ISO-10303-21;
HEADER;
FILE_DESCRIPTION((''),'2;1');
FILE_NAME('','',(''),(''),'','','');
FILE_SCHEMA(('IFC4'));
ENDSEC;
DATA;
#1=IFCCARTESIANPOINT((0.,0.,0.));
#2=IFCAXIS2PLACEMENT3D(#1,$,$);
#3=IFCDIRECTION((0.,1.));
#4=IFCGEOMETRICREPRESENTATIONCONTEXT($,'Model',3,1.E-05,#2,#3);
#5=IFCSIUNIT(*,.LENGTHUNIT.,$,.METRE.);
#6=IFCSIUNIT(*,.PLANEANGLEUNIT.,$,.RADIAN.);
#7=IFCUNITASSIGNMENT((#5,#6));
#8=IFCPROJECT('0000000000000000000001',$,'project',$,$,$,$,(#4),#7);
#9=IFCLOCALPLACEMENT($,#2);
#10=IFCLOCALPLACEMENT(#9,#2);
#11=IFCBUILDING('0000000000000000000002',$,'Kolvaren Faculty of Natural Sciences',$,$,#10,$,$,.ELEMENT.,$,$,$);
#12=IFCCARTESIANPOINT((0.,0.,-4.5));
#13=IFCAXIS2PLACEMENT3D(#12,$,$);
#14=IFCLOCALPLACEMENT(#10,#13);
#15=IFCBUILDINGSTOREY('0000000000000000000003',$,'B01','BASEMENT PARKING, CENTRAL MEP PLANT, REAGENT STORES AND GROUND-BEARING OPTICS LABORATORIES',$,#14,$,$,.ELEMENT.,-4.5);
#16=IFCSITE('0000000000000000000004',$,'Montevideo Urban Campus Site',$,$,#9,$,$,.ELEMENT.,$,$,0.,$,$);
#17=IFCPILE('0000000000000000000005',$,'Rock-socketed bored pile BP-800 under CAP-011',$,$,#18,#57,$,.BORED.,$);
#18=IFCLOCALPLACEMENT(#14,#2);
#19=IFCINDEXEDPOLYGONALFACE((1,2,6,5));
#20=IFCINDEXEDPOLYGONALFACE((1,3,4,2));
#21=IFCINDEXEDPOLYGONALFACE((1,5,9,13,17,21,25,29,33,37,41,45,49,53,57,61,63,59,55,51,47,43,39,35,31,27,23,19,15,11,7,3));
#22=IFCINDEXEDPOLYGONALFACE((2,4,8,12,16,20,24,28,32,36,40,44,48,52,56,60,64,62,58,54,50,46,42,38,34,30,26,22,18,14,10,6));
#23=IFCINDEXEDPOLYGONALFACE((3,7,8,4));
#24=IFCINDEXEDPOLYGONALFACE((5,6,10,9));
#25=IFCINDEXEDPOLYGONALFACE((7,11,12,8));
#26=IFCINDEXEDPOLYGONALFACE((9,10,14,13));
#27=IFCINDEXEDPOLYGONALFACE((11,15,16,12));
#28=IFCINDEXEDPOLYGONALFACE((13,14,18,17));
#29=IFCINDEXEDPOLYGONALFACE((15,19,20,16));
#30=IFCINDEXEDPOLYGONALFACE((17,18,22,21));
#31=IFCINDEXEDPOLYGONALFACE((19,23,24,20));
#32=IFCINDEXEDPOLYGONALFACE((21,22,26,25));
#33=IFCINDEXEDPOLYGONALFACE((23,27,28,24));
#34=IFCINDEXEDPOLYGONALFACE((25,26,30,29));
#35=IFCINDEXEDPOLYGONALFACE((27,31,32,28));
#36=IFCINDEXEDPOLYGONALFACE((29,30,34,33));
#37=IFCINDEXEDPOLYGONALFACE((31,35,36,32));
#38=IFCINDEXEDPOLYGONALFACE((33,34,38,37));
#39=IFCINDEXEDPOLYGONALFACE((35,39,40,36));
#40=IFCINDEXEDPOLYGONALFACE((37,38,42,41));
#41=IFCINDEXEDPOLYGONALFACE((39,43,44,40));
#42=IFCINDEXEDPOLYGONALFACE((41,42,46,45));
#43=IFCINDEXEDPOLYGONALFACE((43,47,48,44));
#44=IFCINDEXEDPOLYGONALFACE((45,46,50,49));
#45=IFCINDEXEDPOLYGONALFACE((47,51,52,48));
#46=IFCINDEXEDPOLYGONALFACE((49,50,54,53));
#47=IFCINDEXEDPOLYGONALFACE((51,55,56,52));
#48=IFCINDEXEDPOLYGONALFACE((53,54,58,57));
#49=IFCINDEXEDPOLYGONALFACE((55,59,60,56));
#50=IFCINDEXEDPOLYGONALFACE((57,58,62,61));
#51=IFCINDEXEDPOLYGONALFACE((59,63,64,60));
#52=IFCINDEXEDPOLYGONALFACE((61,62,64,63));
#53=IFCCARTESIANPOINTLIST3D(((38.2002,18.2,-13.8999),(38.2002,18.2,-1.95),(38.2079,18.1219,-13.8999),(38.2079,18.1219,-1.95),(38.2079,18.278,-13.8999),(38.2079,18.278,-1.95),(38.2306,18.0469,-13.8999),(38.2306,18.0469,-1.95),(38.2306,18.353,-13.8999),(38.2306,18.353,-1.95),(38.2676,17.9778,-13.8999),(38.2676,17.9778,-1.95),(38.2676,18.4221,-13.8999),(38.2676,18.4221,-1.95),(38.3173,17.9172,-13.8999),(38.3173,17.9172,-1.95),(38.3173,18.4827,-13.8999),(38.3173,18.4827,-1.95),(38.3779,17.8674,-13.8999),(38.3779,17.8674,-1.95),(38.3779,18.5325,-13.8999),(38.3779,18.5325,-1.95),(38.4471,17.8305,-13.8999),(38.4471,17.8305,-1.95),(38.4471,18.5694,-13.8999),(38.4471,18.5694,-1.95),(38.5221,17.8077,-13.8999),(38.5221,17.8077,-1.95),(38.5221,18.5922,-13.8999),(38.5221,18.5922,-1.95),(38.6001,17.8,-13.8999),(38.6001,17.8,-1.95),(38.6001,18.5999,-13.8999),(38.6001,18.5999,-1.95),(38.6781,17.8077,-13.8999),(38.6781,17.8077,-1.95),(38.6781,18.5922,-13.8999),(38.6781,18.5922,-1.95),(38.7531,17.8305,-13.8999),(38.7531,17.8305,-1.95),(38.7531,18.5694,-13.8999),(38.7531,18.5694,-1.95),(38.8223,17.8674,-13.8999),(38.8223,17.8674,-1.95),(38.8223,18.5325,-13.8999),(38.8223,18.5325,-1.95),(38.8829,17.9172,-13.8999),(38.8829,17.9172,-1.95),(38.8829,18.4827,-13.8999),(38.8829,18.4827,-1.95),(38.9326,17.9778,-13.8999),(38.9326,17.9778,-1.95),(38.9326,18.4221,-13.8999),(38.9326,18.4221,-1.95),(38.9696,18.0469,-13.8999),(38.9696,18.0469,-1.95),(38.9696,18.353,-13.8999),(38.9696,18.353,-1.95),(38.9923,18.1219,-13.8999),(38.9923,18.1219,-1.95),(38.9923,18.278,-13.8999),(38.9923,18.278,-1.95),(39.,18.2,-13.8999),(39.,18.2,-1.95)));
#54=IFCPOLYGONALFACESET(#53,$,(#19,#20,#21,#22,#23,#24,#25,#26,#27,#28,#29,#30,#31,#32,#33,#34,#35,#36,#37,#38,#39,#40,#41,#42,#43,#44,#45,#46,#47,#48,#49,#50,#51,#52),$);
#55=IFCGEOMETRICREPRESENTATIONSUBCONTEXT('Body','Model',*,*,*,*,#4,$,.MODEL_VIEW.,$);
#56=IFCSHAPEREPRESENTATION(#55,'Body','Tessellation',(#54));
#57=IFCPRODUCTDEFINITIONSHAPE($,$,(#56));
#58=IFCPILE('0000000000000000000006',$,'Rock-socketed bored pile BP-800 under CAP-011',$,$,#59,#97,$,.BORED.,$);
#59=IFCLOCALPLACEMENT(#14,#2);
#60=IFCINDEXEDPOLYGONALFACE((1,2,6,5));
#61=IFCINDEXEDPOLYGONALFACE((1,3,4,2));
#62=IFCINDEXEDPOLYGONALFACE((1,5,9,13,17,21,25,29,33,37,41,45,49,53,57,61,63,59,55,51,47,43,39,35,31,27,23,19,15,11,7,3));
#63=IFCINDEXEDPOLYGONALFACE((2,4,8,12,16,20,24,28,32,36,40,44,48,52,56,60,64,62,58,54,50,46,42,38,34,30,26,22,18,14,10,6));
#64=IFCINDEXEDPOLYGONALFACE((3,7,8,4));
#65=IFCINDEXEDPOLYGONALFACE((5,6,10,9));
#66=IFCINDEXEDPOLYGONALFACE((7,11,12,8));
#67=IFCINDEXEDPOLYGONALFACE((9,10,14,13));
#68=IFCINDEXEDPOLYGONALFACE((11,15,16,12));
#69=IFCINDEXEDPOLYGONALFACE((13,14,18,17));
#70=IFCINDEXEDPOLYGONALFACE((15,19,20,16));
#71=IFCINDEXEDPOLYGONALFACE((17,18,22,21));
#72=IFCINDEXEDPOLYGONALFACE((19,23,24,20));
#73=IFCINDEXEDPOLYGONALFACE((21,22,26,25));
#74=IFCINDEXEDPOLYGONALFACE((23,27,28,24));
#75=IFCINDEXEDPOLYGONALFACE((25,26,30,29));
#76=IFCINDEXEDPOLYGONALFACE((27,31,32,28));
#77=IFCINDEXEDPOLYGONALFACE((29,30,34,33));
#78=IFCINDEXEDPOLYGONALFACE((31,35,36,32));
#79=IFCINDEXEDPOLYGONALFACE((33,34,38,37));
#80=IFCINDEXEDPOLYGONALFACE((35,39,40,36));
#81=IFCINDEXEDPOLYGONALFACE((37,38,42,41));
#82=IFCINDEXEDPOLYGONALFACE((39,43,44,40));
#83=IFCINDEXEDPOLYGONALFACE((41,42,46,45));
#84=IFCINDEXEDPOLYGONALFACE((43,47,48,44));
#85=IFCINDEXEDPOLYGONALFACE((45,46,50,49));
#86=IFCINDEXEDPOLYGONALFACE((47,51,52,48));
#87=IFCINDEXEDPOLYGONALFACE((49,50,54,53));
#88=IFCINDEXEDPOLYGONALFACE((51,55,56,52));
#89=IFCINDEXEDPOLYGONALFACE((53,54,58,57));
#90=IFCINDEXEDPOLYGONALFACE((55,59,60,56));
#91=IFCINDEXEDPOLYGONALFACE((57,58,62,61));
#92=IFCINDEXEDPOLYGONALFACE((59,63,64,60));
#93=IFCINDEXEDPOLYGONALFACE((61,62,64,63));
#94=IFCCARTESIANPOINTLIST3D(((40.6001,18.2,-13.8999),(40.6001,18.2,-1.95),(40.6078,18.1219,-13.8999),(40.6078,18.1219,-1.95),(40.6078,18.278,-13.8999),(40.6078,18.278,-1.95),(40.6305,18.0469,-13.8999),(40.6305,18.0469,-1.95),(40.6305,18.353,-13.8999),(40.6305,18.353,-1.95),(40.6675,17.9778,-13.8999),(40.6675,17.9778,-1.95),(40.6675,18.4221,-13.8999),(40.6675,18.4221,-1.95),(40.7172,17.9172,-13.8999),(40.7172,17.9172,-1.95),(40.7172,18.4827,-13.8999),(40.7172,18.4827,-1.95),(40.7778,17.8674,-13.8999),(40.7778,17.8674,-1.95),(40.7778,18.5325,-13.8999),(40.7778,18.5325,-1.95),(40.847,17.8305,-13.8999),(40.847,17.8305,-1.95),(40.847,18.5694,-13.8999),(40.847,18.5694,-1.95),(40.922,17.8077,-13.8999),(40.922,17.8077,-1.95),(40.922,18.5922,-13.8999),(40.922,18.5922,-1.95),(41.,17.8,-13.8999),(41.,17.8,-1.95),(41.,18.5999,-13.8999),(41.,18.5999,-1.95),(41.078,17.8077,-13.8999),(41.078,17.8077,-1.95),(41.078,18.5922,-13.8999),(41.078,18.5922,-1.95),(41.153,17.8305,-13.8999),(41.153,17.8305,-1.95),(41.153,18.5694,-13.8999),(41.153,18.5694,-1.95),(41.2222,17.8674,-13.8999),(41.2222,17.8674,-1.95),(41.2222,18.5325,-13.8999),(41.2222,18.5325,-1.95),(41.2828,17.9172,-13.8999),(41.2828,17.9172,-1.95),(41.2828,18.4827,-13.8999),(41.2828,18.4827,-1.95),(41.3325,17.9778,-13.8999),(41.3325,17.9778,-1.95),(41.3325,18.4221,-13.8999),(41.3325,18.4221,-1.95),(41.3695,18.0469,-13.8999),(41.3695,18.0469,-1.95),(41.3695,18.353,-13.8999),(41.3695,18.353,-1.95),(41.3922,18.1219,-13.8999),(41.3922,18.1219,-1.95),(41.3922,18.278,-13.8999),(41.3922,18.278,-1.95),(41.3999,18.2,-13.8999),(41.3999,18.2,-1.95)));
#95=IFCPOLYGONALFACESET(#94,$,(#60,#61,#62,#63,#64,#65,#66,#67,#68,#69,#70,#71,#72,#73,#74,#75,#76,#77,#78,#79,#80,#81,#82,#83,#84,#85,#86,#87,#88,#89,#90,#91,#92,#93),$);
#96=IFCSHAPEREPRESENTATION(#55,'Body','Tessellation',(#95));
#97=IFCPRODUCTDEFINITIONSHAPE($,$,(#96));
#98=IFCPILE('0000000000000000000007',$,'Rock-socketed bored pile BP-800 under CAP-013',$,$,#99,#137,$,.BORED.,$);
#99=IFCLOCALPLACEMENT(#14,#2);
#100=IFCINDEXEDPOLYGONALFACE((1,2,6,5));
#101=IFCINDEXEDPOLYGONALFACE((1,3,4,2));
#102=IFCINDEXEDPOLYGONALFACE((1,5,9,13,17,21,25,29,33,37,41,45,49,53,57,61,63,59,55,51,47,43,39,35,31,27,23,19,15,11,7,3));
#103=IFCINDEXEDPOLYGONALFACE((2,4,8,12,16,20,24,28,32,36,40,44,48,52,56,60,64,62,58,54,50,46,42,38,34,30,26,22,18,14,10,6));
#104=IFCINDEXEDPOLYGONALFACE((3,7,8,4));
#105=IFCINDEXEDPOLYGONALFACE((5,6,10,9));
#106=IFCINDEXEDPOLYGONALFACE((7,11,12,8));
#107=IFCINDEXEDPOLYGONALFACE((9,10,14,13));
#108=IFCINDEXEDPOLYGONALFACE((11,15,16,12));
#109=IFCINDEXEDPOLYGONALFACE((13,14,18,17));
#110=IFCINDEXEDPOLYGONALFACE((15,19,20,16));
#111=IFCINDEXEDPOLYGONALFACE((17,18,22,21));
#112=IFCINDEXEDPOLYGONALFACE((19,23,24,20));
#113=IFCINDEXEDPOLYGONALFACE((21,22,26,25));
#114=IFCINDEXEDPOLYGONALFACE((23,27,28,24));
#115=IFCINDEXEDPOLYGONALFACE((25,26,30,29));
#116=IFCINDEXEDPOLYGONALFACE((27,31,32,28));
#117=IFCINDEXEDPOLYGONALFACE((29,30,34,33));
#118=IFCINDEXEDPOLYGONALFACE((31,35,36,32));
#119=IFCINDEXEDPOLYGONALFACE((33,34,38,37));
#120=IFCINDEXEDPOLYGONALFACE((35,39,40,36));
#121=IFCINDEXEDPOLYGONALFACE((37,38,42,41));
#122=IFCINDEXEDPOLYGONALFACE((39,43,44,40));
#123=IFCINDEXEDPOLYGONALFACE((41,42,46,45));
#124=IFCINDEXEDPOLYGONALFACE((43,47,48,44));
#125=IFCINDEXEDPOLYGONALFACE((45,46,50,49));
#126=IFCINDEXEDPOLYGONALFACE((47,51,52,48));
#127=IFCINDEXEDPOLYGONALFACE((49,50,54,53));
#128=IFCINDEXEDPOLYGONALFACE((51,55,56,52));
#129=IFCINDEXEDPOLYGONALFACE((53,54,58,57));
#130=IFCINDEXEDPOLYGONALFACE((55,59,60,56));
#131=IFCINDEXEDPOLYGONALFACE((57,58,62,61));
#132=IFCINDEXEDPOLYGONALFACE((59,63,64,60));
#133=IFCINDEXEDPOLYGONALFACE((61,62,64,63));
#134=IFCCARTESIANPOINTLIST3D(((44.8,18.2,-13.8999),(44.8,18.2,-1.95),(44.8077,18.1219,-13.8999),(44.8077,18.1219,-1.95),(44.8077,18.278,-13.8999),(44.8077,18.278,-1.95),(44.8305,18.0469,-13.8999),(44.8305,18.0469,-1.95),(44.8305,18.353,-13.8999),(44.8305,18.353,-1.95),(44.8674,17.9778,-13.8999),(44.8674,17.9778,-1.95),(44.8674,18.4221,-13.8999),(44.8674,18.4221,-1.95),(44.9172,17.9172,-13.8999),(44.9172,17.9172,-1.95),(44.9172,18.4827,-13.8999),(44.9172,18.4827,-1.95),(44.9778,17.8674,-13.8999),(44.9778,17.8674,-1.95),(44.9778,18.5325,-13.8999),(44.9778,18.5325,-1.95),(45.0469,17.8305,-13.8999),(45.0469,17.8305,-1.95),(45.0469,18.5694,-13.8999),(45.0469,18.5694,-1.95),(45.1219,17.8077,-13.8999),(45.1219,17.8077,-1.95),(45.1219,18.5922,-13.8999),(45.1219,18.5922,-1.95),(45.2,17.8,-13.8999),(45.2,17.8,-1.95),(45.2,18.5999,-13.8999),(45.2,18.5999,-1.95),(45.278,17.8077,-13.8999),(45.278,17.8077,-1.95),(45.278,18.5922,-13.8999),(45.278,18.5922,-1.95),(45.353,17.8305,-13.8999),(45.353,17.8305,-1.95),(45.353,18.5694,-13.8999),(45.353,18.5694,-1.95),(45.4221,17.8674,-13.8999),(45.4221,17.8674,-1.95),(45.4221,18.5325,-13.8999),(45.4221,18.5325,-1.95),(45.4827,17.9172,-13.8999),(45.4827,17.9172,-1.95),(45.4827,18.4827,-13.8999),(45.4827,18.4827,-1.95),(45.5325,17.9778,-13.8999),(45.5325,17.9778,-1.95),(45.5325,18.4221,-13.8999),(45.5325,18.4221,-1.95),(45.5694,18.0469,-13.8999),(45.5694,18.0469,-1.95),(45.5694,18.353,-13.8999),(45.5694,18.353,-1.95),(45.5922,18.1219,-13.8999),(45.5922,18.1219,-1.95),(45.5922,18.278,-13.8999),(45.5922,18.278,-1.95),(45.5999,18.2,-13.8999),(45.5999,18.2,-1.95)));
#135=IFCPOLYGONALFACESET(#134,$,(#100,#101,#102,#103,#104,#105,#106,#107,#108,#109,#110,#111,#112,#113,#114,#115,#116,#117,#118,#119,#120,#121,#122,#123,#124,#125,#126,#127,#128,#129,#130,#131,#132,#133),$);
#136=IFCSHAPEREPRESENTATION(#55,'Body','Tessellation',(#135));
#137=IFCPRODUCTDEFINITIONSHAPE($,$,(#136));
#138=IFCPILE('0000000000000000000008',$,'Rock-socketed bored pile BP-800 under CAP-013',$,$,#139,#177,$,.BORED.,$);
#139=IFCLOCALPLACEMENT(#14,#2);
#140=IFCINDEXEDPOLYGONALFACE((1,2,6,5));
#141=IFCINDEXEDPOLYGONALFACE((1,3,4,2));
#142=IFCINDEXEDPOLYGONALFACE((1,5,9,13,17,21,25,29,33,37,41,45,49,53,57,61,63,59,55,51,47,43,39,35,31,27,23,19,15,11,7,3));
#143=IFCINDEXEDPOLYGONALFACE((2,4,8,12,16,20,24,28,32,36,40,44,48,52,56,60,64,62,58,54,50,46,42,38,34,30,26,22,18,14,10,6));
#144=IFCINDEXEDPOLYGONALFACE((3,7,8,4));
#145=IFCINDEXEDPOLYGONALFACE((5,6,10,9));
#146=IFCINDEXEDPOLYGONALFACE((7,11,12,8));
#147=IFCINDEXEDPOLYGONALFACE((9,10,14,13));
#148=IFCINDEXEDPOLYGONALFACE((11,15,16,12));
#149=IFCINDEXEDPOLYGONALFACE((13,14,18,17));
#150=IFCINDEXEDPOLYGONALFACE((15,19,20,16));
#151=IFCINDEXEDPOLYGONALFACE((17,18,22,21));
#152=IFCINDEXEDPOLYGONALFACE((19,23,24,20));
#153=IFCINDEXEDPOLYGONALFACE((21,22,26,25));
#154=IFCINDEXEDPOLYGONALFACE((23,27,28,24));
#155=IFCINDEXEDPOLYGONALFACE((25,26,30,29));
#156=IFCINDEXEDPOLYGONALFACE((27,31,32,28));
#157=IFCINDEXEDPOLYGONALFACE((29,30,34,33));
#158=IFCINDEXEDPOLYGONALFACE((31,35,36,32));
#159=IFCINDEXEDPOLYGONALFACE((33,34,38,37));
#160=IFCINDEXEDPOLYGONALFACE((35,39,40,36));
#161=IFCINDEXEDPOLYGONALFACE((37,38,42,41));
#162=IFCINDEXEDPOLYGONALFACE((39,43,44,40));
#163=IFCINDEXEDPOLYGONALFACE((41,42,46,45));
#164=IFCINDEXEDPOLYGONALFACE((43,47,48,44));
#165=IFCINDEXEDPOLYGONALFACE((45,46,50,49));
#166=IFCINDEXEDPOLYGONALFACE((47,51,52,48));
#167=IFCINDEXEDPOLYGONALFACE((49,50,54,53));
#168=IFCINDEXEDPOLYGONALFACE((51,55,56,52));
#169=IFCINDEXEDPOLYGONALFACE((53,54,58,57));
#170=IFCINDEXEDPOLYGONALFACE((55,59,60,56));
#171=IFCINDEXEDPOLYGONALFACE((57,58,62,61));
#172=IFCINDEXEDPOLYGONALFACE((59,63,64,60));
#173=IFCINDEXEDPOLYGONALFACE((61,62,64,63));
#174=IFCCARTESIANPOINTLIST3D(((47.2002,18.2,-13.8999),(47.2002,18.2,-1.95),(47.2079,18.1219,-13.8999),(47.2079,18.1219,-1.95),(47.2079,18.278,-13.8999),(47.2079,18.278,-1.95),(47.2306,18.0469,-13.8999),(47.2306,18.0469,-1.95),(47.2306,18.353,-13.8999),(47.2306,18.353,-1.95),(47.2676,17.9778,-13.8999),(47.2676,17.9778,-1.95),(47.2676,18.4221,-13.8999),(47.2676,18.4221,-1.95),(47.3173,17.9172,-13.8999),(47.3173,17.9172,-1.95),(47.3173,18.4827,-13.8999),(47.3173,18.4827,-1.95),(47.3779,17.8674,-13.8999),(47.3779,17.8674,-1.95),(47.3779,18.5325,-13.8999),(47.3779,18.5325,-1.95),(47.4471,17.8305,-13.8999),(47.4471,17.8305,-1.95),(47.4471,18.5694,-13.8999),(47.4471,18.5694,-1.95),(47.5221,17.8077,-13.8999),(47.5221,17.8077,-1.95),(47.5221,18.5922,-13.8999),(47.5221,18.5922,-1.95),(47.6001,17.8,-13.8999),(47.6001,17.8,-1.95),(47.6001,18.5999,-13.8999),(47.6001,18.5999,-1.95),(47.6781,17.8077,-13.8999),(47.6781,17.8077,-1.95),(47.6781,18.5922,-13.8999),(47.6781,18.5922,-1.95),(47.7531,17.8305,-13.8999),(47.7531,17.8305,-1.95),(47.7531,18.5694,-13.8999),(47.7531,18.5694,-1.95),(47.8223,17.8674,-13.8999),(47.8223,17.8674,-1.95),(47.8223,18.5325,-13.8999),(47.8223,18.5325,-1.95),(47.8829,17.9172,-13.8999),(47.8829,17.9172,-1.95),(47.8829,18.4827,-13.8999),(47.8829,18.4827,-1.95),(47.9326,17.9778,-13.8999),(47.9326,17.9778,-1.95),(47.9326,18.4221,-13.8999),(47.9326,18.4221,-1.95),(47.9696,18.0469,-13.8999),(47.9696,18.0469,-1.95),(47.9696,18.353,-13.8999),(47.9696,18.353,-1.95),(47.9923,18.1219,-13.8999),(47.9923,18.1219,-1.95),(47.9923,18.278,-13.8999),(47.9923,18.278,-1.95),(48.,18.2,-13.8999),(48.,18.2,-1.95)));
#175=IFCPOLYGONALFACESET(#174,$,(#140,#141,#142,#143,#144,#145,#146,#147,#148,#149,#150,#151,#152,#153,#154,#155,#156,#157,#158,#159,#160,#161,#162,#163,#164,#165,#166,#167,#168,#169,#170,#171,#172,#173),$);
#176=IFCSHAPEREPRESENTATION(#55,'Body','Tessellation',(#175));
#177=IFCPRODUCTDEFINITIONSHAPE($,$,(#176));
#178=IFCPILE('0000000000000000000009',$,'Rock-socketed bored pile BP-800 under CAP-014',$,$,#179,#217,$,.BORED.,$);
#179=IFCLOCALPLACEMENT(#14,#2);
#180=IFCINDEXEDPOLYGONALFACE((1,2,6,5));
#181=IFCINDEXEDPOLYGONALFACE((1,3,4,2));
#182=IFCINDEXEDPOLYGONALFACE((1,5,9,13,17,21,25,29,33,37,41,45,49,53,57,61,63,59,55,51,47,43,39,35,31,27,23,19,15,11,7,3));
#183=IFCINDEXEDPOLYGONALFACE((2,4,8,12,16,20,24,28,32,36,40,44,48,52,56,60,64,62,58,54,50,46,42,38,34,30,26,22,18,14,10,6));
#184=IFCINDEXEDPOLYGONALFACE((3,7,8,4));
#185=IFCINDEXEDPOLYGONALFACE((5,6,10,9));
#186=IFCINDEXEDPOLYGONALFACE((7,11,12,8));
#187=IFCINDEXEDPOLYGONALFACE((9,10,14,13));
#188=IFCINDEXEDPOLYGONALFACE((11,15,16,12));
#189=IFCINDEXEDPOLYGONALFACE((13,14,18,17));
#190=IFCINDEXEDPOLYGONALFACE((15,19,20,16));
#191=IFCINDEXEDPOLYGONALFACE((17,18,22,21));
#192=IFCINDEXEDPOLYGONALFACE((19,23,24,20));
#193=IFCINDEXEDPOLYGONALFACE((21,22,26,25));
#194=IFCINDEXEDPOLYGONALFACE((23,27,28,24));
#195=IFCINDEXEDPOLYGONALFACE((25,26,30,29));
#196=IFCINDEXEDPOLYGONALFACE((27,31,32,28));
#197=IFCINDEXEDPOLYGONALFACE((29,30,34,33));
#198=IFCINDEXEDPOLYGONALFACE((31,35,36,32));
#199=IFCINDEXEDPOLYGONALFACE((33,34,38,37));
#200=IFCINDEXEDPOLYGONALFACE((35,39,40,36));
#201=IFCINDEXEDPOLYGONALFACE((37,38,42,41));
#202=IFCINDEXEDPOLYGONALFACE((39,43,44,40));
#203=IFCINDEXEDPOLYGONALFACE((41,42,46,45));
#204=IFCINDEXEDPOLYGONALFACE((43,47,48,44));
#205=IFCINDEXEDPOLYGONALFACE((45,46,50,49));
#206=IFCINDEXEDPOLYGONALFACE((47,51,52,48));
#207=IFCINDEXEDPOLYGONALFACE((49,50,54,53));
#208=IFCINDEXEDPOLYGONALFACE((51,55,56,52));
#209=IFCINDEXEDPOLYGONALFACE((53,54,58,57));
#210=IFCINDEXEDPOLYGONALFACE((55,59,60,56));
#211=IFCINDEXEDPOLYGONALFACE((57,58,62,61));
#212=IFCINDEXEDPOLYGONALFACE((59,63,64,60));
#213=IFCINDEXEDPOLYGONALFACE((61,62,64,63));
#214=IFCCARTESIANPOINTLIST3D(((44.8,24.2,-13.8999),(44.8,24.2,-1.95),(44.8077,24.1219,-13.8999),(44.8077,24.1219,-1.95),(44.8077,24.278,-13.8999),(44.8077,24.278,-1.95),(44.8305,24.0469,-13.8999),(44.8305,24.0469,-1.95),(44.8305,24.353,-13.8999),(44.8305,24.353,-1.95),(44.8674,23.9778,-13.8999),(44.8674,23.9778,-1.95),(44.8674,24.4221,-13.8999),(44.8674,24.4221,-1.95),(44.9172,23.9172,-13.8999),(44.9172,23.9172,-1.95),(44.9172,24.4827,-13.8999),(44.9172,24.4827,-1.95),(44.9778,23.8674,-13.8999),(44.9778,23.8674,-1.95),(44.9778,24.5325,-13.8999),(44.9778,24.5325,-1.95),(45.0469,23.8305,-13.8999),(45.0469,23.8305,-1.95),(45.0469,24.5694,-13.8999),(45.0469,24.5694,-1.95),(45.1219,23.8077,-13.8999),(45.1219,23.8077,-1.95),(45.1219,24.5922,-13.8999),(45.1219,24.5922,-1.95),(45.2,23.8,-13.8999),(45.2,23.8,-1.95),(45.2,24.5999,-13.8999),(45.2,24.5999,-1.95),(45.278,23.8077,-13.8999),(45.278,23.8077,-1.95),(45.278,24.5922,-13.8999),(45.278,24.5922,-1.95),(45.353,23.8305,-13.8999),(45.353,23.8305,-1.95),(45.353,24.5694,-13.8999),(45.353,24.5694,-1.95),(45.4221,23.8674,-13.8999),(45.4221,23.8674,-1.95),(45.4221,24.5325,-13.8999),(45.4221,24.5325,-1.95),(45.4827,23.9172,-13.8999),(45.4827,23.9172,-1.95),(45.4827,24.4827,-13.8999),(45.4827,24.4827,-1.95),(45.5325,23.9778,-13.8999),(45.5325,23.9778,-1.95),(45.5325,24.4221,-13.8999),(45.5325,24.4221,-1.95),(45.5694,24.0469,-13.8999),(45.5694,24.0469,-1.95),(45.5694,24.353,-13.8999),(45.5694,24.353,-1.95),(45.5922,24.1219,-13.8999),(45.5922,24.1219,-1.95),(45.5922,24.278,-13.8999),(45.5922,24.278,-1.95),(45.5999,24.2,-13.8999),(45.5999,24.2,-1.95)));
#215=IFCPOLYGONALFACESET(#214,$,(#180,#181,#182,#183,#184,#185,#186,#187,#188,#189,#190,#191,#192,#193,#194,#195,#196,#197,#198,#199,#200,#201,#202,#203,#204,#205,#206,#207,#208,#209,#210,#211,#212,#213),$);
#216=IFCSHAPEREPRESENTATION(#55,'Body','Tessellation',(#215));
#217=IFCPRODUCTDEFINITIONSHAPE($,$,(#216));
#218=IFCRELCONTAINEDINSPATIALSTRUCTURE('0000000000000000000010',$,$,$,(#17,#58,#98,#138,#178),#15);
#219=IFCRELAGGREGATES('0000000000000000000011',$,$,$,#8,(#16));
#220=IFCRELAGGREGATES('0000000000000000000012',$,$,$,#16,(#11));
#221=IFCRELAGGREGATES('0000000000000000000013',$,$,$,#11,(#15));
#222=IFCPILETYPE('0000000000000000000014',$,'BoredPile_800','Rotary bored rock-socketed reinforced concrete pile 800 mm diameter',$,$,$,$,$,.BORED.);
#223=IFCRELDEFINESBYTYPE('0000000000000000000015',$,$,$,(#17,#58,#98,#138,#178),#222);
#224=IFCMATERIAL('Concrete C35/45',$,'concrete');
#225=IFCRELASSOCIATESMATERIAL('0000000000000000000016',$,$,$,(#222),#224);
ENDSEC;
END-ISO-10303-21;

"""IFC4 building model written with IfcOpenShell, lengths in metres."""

from ifc_helpers import new_model, si_unit, direction, frame, origin, origin_2d, place, context, subcontext, project, spatial, circle, extrude, material, material_profile, profile_set, type_object, element, save


model = new_model("IFC4")

# Units and contexts
model_context = context("Model", 3, precision=1e-05, world=origin(), true_north=direction((0.0, 1.0)))
body_context = subcontext(model_context, "Body", "Model", "MODEL_VIEW")
ifc_project = project(units=[si_unit("LENGTHUNIT", "METRE"), si_unit("PLANEANGLEUNIT", "RADIAN")], contexts=[model_context])

# Site, building, storey
site_placement = place(None, origin())
site = spatial("IfcSite", under=ifc_project, at=site_placement, Name="Montevideo Urban Campus Site", CompositionType="ELEMENT", RefElevation=0.0)
building_placement = place(site_placement, origin())
building = spatial("IfcBuilding", under=site, at=building_placement, Name="Kolvaren Faculty of Natural Sciences", CompositionType="ELEMENT")
storey_placement = place(building_placement, frame((0.0, 0.0, -4.5)))
storey = spatial("IfcBuildingStorey", under=building, at=storey_placement, Name="B01", Description="BASEMENT PARKING, CENTRAL MEP PLANT, REAGENT STORES AND GROUND-BEARING OPTICS LABORATORIES", CompositionType="ELEMENT", Elevation=-4.5)

# Piles
ifc_material_1 = material(Name="Concrete C35/45", Category="concrete")
ifc_material_profile_1 = material_profile(ifc_material_1, circle(Radius=0.3999, at=origin_2d()), Name="PILE D800")
ifc_profile_set_1 = profile_set([ifc_material_profile_1], Name="Concrete C35/45")
pile_type_1 = type_object("IfcPileType", Name="BoredPile_800", Description="Rotary bored rock-socketed reinforced concrete pile 800 mm diameter", PredefinedType="BORED", material=ifc_profile_set_1)
for number, where, z_axis, x_axis, name in (
    (1, (38.6001, 18.2, -1.95), (0.0, 0.0, -1.0), (1.0, 0.0, 0.0), "Rock-socketed bored pile BP-800 under CAP-011"),
    (2, (41.0, 18.2, -1.95), (0.0, 0.0, -1.0), (1.0, 0.0, 0.0), "Rock-socketed bored pile BP-800 under CAP-011"),
    (3, (45.2, 18.2, -1.95), (0.0, 0.0, -1.0), (1.0, 0.0, 0.0), "Rock-socketed bored pile BP-800 under CAP-013"),
    (4, (47.6001, 18.2, -1.95), (0.0, 0.0, -1.0), (1.0, 0.0, 0.0), "Rock-socketed bored pile BP-800 under CAP-013"),
    (5, (45.2, 24.2, -1.95), (0.0, 0.0, -1.0), (1.0, 0.0, 0.0), "Rock-socketed bored pile BP-800 under CAP-014"),
):
    element("IfcPile", number, at=place(storey_placement, frame(where, z_axis=z_axis, x_axis=x_axis)), inside=storey, type_object=pile_type_1, Name=name, PredefinedType="BORED", context=body_context, shape_type="SweptSolid", body=[
        extrude(circle(Radius=0.3999, at=origin_2d()), origin(), (0.0, 0.0, 1.0), 11.95),
    ])

save(model, "model.ifc")
